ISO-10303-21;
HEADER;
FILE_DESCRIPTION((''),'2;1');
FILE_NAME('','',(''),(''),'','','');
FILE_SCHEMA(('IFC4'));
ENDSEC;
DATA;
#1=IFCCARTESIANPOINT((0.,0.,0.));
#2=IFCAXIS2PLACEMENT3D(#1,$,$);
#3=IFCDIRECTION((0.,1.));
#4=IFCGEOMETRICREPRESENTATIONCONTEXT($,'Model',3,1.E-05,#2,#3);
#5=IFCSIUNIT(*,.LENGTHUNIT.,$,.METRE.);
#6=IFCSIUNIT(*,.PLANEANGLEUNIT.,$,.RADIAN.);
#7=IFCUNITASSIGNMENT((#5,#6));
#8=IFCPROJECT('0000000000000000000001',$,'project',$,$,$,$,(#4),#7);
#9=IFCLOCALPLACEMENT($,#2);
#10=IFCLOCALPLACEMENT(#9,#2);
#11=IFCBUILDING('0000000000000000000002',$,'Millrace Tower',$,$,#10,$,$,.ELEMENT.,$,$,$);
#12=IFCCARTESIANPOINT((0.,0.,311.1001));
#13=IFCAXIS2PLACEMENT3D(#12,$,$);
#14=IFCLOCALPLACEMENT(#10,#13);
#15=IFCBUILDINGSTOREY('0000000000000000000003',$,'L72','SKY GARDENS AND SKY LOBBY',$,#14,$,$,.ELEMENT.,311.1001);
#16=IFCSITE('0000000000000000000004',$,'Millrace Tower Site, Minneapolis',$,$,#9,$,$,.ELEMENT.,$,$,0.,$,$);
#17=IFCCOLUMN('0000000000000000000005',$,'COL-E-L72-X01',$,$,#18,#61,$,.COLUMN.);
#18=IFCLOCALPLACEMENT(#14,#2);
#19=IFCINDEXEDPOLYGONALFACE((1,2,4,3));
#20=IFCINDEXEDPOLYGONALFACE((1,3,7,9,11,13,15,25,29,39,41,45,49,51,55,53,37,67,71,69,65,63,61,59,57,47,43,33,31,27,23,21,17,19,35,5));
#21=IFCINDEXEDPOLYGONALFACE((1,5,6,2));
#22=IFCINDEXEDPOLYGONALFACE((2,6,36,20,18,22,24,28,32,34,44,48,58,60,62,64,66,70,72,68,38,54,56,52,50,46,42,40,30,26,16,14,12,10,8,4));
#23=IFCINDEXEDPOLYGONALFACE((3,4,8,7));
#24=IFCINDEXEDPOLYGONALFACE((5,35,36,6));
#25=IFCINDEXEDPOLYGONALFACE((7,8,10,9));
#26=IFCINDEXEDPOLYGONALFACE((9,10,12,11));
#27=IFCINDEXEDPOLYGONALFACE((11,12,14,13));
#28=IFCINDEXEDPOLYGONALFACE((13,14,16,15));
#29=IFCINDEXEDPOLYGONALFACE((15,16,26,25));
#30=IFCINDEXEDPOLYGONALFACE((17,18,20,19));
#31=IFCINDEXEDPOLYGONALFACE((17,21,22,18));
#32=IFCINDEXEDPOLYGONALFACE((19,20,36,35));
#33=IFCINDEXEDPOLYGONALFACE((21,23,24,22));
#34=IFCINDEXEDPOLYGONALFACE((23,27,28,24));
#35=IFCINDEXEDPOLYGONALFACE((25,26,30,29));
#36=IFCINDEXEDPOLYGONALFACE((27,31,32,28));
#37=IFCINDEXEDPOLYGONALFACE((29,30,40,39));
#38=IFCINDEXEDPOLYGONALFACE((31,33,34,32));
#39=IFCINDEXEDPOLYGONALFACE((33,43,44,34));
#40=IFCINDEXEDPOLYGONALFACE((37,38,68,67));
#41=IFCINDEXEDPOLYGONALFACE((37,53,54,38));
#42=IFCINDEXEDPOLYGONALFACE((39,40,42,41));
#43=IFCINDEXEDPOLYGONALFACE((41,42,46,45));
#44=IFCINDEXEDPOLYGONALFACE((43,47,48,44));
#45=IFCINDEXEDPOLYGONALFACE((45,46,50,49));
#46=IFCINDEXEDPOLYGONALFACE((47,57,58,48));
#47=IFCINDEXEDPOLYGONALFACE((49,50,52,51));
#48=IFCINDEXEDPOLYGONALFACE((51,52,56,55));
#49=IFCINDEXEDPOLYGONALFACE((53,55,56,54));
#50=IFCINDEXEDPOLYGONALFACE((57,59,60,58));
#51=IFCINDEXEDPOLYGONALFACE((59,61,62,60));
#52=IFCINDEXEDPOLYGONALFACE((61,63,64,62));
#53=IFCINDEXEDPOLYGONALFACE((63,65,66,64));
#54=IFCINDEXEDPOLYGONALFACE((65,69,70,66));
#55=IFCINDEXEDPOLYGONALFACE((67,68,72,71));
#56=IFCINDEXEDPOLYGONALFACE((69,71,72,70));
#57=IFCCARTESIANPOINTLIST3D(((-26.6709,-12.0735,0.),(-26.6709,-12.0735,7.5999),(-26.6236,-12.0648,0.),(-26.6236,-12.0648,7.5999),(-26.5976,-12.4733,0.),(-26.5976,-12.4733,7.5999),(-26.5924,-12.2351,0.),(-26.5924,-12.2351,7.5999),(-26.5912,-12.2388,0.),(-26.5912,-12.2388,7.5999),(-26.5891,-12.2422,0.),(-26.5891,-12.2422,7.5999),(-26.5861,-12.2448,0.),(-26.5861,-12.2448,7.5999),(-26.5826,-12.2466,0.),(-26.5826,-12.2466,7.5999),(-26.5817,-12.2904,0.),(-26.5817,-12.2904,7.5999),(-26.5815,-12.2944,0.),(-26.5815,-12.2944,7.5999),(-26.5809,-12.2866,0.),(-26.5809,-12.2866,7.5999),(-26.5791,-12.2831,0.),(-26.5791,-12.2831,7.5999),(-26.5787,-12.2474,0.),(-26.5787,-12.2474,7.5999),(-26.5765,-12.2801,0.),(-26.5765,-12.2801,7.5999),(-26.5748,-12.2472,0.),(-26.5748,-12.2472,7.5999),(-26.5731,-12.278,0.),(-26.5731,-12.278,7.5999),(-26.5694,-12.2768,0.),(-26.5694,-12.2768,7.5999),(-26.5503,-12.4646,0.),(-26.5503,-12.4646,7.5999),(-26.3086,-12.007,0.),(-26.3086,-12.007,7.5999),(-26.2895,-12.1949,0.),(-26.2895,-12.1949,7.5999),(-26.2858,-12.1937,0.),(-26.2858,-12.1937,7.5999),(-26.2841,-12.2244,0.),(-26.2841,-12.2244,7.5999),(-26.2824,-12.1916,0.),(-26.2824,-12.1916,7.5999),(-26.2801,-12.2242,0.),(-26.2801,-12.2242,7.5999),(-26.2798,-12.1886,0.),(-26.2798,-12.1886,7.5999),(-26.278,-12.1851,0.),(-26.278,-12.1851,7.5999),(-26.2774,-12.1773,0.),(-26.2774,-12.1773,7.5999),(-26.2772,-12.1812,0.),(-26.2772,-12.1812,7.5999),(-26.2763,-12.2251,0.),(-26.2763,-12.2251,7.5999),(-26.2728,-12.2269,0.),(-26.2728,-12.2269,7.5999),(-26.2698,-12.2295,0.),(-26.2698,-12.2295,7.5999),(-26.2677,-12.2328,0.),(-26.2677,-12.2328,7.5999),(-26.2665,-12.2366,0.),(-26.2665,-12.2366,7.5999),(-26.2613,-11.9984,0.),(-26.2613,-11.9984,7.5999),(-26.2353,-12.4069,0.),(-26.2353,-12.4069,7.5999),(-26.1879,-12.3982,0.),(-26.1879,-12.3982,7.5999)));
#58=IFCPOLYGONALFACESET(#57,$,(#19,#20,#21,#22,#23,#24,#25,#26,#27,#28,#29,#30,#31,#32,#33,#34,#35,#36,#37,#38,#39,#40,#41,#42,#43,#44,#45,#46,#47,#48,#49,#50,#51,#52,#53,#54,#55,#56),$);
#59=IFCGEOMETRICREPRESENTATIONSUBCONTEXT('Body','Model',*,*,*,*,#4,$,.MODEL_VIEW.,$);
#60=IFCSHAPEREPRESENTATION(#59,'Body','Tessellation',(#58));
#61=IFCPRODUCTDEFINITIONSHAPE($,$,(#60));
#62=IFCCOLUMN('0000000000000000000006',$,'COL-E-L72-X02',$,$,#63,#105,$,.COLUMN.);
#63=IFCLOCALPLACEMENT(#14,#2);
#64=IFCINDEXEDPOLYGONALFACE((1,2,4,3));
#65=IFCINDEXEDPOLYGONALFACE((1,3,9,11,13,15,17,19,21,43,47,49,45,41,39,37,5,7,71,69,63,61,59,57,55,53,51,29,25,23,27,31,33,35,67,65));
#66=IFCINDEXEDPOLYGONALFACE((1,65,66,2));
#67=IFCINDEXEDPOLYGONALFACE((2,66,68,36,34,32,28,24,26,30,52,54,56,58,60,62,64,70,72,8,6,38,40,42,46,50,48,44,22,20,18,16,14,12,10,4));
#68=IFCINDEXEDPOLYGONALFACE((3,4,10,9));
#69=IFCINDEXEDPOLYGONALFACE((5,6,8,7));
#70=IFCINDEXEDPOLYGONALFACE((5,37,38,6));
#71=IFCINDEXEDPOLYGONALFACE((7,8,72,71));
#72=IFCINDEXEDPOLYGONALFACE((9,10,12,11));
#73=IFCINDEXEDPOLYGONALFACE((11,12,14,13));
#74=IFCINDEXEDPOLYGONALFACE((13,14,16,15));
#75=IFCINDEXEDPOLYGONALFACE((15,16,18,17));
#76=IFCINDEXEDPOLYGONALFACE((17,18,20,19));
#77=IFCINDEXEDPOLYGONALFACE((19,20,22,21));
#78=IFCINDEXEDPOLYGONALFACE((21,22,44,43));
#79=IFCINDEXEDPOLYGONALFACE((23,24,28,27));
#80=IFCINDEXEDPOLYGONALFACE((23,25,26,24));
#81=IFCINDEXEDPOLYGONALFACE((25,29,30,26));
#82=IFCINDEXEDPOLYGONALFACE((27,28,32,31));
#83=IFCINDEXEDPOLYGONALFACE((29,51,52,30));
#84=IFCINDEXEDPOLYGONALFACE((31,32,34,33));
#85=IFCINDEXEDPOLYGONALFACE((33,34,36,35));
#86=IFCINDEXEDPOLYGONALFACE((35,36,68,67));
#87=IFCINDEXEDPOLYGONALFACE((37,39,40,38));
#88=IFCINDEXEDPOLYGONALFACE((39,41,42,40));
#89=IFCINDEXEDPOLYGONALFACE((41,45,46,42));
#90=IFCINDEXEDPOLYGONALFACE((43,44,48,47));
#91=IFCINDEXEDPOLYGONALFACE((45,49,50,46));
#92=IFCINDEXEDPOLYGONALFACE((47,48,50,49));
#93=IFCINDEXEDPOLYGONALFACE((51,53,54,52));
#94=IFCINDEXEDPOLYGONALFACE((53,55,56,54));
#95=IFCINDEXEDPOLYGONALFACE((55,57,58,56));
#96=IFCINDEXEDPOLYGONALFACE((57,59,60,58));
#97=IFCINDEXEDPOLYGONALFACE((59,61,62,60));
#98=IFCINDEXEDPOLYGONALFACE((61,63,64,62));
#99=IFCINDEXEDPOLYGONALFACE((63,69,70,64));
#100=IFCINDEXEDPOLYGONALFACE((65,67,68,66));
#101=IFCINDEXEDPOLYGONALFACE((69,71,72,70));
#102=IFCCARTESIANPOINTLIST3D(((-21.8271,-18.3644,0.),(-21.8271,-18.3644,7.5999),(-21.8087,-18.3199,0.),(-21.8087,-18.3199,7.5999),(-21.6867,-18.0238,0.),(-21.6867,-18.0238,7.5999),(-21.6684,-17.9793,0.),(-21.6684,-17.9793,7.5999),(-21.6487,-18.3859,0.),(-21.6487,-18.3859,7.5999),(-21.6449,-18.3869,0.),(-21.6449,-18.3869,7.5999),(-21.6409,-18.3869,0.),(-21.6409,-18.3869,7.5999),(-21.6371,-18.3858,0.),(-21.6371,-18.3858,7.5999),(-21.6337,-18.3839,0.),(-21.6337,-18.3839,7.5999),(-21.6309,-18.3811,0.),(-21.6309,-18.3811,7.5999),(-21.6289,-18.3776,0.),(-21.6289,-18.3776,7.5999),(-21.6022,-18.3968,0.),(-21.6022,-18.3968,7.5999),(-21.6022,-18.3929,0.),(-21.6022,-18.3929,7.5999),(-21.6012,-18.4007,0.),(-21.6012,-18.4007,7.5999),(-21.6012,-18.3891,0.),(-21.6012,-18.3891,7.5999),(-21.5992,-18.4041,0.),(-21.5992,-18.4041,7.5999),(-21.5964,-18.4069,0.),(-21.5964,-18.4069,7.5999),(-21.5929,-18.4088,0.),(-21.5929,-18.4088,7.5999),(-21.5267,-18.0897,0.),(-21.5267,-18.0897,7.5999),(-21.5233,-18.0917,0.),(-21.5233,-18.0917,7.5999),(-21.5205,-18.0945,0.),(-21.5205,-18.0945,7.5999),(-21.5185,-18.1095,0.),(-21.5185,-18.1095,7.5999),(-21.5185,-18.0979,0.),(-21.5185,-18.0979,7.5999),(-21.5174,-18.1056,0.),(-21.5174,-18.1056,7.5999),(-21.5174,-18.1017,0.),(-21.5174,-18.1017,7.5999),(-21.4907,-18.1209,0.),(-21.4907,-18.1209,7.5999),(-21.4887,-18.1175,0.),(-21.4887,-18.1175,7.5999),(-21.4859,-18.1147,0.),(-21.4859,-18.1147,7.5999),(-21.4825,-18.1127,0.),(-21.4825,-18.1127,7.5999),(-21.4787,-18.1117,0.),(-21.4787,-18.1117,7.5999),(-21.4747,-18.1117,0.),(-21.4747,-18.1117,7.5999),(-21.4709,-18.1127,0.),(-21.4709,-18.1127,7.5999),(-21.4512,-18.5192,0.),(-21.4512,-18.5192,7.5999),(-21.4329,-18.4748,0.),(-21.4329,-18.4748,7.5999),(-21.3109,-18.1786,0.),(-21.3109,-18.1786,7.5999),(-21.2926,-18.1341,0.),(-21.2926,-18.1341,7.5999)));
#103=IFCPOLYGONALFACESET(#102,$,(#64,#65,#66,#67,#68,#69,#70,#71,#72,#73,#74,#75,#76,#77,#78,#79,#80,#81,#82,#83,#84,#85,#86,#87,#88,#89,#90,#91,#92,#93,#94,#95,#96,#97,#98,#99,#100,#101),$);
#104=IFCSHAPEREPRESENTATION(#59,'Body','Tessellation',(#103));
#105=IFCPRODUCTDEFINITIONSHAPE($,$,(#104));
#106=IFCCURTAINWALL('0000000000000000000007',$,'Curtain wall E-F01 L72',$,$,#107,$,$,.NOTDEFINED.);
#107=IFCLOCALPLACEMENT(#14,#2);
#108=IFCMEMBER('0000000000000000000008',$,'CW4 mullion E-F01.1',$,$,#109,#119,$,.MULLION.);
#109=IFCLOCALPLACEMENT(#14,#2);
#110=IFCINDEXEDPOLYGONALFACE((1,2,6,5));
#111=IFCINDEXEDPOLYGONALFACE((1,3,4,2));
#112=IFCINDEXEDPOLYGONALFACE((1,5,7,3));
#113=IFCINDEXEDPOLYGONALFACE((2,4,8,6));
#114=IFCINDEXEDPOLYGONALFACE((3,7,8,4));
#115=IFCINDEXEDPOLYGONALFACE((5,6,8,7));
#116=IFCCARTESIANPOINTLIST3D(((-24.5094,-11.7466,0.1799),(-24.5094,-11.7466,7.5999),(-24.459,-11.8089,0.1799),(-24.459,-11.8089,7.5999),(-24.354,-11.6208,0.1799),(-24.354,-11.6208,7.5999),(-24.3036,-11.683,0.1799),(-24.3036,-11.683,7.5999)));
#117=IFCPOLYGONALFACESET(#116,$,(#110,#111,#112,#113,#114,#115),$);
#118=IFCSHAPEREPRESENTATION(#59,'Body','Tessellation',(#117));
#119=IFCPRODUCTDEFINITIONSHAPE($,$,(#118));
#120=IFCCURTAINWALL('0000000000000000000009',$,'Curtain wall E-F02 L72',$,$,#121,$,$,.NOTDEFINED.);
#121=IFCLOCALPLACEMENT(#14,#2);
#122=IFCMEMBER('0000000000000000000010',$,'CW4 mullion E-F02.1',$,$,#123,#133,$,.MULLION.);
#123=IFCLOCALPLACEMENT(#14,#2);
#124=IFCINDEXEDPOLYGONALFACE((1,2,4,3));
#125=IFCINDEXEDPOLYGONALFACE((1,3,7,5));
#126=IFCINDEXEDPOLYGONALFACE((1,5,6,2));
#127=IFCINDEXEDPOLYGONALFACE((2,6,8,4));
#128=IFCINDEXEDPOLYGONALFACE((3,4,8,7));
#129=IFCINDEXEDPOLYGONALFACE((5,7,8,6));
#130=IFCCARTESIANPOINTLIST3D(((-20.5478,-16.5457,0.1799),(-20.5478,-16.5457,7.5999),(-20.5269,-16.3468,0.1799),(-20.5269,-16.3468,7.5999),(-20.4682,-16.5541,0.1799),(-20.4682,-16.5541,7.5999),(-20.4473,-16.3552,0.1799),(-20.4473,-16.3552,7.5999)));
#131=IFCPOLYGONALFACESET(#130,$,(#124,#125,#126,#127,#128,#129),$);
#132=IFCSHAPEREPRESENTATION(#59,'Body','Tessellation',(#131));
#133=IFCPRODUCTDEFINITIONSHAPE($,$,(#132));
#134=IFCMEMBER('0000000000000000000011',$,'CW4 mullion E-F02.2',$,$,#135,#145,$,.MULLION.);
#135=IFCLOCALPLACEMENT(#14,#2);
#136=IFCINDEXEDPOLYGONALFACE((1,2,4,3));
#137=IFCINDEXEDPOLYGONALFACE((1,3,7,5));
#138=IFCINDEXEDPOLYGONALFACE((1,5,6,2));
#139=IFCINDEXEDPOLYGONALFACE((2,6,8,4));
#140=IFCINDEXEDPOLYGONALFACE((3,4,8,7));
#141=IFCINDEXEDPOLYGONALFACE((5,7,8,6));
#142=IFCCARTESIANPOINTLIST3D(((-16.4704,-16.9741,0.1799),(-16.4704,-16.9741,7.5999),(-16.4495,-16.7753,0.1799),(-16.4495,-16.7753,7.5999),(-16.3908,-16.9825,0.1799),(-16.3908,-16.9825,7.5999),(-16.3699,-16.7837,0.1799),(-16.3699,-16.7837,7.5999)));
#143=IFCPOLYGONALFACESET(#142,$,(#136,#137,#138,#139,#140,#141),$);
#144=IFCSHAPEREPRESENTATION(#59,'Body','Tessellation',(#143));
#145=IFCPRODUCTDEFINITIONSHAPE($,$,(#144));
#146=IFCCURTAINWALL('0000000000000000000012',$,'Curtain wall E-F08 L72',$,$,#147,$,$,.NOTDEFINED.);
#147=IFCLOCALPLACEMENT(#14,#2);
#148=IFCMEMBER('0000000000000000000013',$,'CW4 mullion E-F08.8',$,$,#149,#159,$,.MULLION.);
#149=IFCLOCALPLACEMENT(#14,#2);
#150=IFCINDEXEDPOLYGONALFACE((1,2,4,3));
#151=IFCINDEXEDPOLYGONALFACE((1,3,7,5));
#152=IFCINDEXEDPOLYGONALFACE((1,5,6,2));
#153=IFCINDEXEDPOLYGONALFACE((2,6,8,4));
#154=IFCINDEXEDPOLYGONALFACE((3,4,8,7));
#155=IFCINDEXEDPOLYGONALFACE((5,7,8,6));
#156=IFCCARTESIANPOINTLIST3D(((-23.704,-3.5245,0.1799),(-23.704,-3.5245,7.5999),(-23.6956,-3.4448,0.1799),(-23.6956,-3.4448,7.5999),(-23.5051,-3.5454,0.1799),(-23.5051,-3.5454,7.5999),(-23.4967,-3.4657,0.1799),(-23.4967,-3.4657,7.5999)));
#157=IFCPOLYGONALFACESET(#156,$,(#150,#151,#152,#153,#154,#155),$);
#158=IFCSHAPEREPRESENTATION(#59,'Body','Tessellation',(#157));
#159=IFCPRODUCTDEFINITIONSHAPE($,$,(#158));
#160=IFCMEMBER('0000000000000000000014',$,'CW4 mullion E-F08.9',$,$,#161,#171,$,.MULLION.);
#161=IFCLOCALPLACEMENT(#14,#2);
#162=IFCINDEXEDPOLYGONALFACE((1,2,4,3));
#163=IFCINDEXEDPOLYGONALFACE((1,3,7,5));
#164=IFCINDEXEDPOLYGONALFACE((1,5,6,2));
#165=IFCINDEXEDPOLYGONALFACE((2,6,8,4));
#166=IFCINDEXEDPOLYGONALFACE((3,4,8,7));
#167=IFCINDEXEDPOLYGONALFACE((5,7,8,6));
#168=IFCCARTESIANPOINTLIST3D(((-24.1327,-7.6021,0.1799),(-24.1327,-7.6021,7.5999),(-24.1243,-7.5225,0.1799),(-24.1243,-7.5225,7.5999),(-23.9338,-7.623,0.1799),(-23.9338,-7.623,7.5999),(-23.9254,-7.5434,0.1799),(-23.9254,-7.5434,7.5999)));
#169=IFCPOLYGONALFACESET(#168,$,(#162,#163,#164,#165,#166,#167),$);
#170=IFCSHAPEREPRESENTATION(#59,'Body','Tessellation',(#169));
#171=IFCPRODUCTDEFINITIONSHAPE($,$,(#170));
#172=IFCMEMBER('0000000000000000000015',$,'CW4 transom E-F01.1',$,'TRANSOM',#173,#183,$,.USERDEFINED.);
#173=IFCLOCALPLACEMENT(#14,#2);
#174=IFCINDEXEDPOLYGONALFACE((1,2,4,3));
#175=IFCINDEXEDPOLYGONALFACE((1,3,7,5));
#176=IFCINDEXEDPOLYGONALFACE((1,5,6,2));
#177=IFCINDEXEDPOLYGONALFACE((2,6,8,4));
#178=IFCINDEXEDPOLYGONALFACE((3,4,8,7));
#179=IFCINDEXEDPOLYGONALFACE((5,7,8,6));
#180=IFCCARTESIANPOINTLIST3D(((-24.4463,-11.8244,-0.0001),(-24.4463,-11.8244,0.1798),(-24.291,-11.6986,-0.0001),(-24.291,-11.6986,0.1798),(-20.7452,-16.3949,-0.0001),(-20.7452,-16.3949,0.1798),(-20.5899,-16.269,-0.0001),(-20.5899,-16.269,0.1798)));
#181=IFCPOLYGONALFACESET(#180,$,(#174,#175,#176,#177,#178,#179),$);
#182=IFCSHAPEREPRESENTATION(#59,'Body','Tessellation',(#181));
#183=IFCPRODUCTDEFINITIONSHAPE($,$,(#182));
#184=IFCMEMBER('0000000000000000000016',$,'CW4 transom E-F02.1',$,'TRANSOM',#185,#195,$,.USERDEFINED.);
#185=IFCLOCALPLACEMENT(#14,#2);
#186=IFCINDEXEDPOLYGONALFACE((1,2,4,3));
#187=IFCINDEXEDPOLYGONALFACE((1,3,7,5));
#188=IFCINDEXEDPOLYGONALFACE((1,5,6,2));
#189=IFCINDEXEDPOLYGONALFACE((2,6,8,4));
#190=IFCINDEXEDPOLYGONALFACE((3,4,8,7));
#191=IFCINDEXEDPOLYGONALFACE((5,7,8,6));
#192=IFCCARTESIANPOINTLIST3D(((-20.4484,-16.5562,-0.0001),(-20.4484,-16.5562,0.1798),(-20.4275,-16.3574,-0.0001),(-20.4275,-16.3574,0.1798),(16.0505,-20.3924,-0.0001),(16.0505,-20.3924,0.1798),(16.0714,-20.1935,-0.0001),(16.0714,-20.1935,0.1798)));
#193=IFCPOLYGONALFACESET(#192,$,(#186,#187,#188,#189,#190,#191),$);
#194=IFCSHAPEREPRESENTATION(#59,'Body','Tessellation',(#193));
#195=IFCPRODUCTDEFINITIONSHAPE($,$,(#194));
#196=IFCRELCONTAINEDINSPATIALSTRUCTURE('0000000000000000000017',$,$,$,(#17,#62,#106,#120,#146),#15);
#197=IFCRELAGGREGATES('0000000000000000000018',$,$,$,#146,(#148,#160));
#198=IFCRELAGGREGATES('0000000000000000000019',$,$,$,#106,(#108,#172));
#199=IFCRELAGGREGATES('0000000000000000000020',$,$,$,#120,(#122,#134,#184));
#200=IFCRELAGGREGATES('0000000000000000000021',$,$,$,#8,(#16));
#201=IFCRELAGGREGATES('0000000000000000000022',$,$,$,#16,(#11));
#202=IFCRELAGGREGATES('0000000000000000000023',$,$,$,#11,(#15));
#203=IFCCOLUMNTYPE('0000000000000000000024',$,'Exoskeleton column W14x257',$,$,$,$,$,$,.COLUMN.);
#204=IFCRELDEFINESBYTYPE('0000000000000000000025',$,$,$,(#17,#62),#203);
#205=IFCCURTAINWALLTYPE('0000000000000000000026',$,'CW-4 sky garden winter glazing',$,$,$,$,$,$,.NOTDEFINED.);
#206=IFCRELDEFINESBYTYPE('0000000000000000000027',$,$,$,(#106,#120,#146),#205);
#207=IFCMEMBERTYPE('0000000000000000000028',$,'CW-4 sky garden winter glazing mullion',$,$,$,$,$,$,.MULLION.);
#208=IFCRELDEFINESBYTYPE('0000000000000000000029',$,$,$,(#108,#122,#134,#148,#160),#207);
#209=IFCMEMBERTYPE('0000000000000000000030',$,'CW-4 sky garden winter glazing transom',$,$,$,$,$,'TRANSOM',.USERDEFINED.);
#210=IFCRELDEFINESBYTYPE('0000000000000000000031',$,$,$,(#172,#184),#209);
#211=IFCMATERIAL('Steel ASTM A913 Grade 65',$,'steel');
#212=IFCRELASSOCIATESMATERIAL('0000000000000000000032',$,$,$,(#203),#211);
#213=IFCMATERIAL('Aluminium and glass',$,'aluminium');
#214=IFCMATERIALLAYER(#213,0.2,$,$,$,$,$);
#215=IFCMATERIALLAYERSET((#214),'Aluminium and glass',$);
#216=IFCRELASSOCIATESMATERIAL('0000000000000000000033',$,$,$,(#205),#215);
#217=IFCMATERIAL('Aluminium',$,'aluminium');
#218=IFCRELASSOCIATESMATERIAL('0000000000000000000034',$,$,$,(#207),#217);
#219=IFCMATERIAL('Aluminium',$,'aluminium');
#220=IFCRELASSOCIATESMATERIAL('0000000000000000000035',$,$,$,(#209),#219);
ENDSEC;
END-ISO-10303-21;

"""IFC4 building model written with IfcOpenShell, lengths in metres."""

from ifc_helpers import new_model, si_unit, direction, frame, origin, origin_2d, place, context, subcontext, project, spatial, rectangle, i_section, extrude, material, layer, layer_set, material_profile, profile_set, type_object, element, aggregate, save


model = new_model("IFC4")

# Units and contexts
model_context = context("Model", 3, precision=1e-05, world=origin(), true_north=direction((0.0, 1.0)))
body_context = subcontext(model_context, "Body", "Model", "MODEL_VIEW")
ifc_project = project(units=[si_unit("LENGTHUNIT", "METRE"), si_unit("PLANEANGLEUNIT", "RADIAN")], contexts=[model_context])

# Site, building, storey
site_placement = place(None, origin())
site = spatial("IfcSite", under=ifc_project, at=site_placement, Name="Millrace Tower Site, Minneapolis", CompositionType="ELEMENT", RefElevation=0.0)
building_placement = place(site_placement, origin())
building = spatial("IfcBuilding", under=site, at=building_placement, Name="Millrace Tower", CompositionType="ELEMENT")
storey_placement = place(building_placement, frame((0.0, 0.0, 311.1001)))
storey = spatial("IfcBuildingStorey", under=building, at=storey_placement, Name="L72", Description="SKY GARDENS AND SKY LOBBY", CompositionType="ELEMENT", Elevation=311.1001)

# Columns
ifc_material_1 = material(Name="Steel ASTM A913 Grade 65", Category="steel")
ifc_material_profile_1 = material_profile(ifc_material_1, i_section(OverallWidth=0.4065, OverallDepth=0.4165, WebThickness=0.03, FlangeThickness=0.0481, FilletRadius=0.0151, at=origin_2d()))
ifc_profile_set_1 = profile_set([ifc_material_profile_1], Name="Steel ASTM A913 Grade 65")
column_type = type_object("IfcColumnType", Name="Exoskeleton column W14x257", PredefinedType="COLUMN", material=ifc_profile_set_1)
for number, where, z_axis, x_axis, name in (
    (1, (-26.4294, -12.2358, 0.0), (0.0, 0.0, 1.0), (0.180387, -0.983596, 0.0), "COL-E-L72-X01"),
    (2, (-21.5598, -18.2493, 0.0), (0.0, 0.0, 1.0), (0.924597, -0.380947, 0.0), "COL-E-L72-X02"),
):
    element("IfcColumn", number, at=place(storey_placement, frame(where, z_axis=z_axis, x_axis=x_axis)), inside=storey, type_object=column_type, Name=name, PredefinedType="COLUMN", context=body_context, shape_type="SweptSolid", body=[
        extrude(i_section(OverallWidth=0.4065, OverallDepth=0.4165, WebThickness=0.03, FlangeThickness=0.0481, FilletRadius=0.0151, at=origin_2d()), origin(), (0.0, 0.0, 1.0), 7.5999),
    ])

# Curtain wall, member
ifc_material_2 = material(Name="Aluminium and glass", Category="aluminium")
ifc_layer_1 = layer(ifc_material_2, 0.2)
ifc_layer_set_1 = layer_set([ifc_layer_1], Name="Aluminium and glass")
curtain_wall_type = type_object("IfcCurtainWallType", Name="CW-4 sky garden winter glazing", PredefinedType="NOTDEFINED", material=ifc_layer_set_1)
placement = place(storey_placement, origin())
curtain_wall_1 = element("IfcCurtainWall", 3, at=placement, inside=storey, type_object=curtain_wall_type, Name="Curtain wall E-F01 L72", PredefinedType="NOTDEFINED")
ifc_material_3 = material(Name="Aluminium", Category="aluminium")
ifc_material_profile_2 = material_profile(ifc_material_3, rectangle(XDim=0.0801, YDim=0.2, at=origin_2d()))
ifc_profile_set_2 = profile_set([ifc_material_profile_2], Name="Aluminium")
member_type_1 = type_object("IfcMemberType", Name="CW-4 sky garden winter glazing mullion", PredefinedType="MULLION", material=ifc_profile_set_2)
member_1_placement = place(storey_placement, frame((-24.4065, -11.7148, 0.1799), z_axis=(0.0, 0.0, 1.0), x_axis=(0.62932, -0.777146, 0.0)))
member_1 = element("IfcMember", 4, at=member_1_placement, type_object=member_type_1, Name="CW4 mullion E-F01.1", PredefinedType="MULLION", context=body_context, shape_type="SweptSolid", body=[
    extrude(rectangle(XDim=0.0801, YDim=0.2, at=origin_2d()), origin(), (0.0, 0.0, 1.0), 7.4199),
])

# Curtain walls, members
curtain_wall_2 = element("IfcCurtainWall", 5, at=placement, inside=storey, type_object=curtain_wall_type, Name="Curtain wall E-F02 L72", PredefinedType="NOTDEFINED")
member_2_placement = place(storey_placement, frame((-20.4976, -16.4504, 0.1799), z_axis=(0.0, 0.0, 1.0), x_axis=(0.994522, -0.104528, 0.0)))
member_2 = element("IfcMember", 6, at=member_2_placement, type_object=member_type_1, Name="CW4 mullion E-F02.1", PredefinedType="MULLION", context=body_context, shape_type="SweptSolid", body=[
    extrude(rectangle(XDim=0.0801, YDim=0.2, at=origin_2d()), origin(), (0.0, 0.0, 1.0), 7.4199),
])
member_3_placement = place(storey_placement, frame((-16.4202, -16.8789, 0.1799), z_axis=(0.0, 0.0, 1.0), x_axis=(0.994522, -0.104528, 0.0)))
member_3 = element("IfcMember", 7, at=member_3_placement, type_object=member_type_1, Name="CW4 mullion E-F02.2", PredefinedType="MULLION", context=body_context, shape_type="SweptSolid", body=[
    extrude(rectangle(XDim=0.0801, YDim=0.2, at=origin_2d()), origin(), (0.0, 0.0, 1.0), 7.4199),
])
curtain_wall_3 = element("IfcCurtainWall", 8, at=placement, inside=storey, type_object=curtain_wall_type, Name="Curtain wall E-F08 L72", PredefinedType="NOTDEFINED")
member_4_placement = place(storey_placement, frame((-23.6003, -3.4951, 0.1799), z_axis=(0.0, 0.0, 1.0), x_axis=(-0.104528, -0.994522, 0.0)))
member_4 = element("IfcMember", 9, at=member_4_placement, type_object=member_type_1, Name="CW4 mullion E-F08.8", PredefinedType="MULLION", context=body_context, shape_type="SweptSolid", body=[
    extrude(rectangle(XDim=0.0801, YDim=0.2, at=origin_2d()), origin(), (0.0, 0.0, 1.0), 7.4199),
])
member_5_placement = place(storey_placement, frame((-24.0291, -7.5728, 0.1799), z_axis=(0.0, 0.0, 1.0), x_axis=(-0.104528, -0.994522, 0.0)))
member_5 = element("IfcMember", 10, at=member_5_placement, type_object=member_type_1, Name="CW4 mullion E-F08.9", PredefinedType="MULLION", context=body_context, shape_type="SweptSolid", body=[
    extrude(rectangle(XDim=0.0801, YDim=0.2, at=origin_2d()), origin(), (0.0, 0.0, 1.0), 7.4199),
])
aggregate(curtain_wall_3, [member_4, member_5])

# Members
ifc_material_4 = material(Name="Aluminium", Category="aluminium")
ifc_material_profile_3 = material_profile(ifc_material_4, rectangle(XDim=0.2, YDim=0.1799, at=origin_2d()))
ifc_profile_set_3 = profile_set([ifc_material_profile_3], Name="Aluminium")
member_type_2 = type_object("IfcMemberType", Name="CW-4 sky garden winter glazing transom", ElementType="TRANSOM", PredefinedType="USERDEFINED", material=ifc_profile_set_3)
member_6_placement = place(storey_placement, frame((-24.3687, -11.7615, 0.0898), z_axis=(0.629321, -0.777145, 0.0), x_axis=(0.777145, 0.629321, 0.0)))
member_6 = element("IfcMember", 11, at=member_6_placement, type_object=member_type_2, Name="CW4 transom E-F01.1", ObjectType="TRANSOM", PredefinedType="USERDEFINED", context=body_context, shape_type="SweptSolid", body=[
    extrude(rectangle(XDim=0.2, YDim=0.1799, at=origin_2d()), origin(), (0.0, 0.0, 1.0), 5.8811),
])
aggregate(curtain_wall_1, [member_1, member_6])
member_7_placement = place(storey_placement, frame((-20.438, -16.4568, 0.0898), z_axis=(0.994522, -0.104528, 0.0), x_axis=(0.104528, 0.994522, 0.0)))
member_7 = element("IfcMember", 12, at=member_7_placement, type_object=member_type_2, Name="CW4 transom E-F02.1", ObjectType="TRANSOM", PredefinedType="USERDEFINED", context=body_context, shape_type="SweptSolid", body=[
    extrude(rectangle(XDim=0.2, YDim=0.1799, at=origin_2d()), origin(), (0.0, 0.0, 1.0), 36.7),
])
aggregate(curtain_wall_2, [member_2, member_3, member_7])

save(model, "model.ifc")
